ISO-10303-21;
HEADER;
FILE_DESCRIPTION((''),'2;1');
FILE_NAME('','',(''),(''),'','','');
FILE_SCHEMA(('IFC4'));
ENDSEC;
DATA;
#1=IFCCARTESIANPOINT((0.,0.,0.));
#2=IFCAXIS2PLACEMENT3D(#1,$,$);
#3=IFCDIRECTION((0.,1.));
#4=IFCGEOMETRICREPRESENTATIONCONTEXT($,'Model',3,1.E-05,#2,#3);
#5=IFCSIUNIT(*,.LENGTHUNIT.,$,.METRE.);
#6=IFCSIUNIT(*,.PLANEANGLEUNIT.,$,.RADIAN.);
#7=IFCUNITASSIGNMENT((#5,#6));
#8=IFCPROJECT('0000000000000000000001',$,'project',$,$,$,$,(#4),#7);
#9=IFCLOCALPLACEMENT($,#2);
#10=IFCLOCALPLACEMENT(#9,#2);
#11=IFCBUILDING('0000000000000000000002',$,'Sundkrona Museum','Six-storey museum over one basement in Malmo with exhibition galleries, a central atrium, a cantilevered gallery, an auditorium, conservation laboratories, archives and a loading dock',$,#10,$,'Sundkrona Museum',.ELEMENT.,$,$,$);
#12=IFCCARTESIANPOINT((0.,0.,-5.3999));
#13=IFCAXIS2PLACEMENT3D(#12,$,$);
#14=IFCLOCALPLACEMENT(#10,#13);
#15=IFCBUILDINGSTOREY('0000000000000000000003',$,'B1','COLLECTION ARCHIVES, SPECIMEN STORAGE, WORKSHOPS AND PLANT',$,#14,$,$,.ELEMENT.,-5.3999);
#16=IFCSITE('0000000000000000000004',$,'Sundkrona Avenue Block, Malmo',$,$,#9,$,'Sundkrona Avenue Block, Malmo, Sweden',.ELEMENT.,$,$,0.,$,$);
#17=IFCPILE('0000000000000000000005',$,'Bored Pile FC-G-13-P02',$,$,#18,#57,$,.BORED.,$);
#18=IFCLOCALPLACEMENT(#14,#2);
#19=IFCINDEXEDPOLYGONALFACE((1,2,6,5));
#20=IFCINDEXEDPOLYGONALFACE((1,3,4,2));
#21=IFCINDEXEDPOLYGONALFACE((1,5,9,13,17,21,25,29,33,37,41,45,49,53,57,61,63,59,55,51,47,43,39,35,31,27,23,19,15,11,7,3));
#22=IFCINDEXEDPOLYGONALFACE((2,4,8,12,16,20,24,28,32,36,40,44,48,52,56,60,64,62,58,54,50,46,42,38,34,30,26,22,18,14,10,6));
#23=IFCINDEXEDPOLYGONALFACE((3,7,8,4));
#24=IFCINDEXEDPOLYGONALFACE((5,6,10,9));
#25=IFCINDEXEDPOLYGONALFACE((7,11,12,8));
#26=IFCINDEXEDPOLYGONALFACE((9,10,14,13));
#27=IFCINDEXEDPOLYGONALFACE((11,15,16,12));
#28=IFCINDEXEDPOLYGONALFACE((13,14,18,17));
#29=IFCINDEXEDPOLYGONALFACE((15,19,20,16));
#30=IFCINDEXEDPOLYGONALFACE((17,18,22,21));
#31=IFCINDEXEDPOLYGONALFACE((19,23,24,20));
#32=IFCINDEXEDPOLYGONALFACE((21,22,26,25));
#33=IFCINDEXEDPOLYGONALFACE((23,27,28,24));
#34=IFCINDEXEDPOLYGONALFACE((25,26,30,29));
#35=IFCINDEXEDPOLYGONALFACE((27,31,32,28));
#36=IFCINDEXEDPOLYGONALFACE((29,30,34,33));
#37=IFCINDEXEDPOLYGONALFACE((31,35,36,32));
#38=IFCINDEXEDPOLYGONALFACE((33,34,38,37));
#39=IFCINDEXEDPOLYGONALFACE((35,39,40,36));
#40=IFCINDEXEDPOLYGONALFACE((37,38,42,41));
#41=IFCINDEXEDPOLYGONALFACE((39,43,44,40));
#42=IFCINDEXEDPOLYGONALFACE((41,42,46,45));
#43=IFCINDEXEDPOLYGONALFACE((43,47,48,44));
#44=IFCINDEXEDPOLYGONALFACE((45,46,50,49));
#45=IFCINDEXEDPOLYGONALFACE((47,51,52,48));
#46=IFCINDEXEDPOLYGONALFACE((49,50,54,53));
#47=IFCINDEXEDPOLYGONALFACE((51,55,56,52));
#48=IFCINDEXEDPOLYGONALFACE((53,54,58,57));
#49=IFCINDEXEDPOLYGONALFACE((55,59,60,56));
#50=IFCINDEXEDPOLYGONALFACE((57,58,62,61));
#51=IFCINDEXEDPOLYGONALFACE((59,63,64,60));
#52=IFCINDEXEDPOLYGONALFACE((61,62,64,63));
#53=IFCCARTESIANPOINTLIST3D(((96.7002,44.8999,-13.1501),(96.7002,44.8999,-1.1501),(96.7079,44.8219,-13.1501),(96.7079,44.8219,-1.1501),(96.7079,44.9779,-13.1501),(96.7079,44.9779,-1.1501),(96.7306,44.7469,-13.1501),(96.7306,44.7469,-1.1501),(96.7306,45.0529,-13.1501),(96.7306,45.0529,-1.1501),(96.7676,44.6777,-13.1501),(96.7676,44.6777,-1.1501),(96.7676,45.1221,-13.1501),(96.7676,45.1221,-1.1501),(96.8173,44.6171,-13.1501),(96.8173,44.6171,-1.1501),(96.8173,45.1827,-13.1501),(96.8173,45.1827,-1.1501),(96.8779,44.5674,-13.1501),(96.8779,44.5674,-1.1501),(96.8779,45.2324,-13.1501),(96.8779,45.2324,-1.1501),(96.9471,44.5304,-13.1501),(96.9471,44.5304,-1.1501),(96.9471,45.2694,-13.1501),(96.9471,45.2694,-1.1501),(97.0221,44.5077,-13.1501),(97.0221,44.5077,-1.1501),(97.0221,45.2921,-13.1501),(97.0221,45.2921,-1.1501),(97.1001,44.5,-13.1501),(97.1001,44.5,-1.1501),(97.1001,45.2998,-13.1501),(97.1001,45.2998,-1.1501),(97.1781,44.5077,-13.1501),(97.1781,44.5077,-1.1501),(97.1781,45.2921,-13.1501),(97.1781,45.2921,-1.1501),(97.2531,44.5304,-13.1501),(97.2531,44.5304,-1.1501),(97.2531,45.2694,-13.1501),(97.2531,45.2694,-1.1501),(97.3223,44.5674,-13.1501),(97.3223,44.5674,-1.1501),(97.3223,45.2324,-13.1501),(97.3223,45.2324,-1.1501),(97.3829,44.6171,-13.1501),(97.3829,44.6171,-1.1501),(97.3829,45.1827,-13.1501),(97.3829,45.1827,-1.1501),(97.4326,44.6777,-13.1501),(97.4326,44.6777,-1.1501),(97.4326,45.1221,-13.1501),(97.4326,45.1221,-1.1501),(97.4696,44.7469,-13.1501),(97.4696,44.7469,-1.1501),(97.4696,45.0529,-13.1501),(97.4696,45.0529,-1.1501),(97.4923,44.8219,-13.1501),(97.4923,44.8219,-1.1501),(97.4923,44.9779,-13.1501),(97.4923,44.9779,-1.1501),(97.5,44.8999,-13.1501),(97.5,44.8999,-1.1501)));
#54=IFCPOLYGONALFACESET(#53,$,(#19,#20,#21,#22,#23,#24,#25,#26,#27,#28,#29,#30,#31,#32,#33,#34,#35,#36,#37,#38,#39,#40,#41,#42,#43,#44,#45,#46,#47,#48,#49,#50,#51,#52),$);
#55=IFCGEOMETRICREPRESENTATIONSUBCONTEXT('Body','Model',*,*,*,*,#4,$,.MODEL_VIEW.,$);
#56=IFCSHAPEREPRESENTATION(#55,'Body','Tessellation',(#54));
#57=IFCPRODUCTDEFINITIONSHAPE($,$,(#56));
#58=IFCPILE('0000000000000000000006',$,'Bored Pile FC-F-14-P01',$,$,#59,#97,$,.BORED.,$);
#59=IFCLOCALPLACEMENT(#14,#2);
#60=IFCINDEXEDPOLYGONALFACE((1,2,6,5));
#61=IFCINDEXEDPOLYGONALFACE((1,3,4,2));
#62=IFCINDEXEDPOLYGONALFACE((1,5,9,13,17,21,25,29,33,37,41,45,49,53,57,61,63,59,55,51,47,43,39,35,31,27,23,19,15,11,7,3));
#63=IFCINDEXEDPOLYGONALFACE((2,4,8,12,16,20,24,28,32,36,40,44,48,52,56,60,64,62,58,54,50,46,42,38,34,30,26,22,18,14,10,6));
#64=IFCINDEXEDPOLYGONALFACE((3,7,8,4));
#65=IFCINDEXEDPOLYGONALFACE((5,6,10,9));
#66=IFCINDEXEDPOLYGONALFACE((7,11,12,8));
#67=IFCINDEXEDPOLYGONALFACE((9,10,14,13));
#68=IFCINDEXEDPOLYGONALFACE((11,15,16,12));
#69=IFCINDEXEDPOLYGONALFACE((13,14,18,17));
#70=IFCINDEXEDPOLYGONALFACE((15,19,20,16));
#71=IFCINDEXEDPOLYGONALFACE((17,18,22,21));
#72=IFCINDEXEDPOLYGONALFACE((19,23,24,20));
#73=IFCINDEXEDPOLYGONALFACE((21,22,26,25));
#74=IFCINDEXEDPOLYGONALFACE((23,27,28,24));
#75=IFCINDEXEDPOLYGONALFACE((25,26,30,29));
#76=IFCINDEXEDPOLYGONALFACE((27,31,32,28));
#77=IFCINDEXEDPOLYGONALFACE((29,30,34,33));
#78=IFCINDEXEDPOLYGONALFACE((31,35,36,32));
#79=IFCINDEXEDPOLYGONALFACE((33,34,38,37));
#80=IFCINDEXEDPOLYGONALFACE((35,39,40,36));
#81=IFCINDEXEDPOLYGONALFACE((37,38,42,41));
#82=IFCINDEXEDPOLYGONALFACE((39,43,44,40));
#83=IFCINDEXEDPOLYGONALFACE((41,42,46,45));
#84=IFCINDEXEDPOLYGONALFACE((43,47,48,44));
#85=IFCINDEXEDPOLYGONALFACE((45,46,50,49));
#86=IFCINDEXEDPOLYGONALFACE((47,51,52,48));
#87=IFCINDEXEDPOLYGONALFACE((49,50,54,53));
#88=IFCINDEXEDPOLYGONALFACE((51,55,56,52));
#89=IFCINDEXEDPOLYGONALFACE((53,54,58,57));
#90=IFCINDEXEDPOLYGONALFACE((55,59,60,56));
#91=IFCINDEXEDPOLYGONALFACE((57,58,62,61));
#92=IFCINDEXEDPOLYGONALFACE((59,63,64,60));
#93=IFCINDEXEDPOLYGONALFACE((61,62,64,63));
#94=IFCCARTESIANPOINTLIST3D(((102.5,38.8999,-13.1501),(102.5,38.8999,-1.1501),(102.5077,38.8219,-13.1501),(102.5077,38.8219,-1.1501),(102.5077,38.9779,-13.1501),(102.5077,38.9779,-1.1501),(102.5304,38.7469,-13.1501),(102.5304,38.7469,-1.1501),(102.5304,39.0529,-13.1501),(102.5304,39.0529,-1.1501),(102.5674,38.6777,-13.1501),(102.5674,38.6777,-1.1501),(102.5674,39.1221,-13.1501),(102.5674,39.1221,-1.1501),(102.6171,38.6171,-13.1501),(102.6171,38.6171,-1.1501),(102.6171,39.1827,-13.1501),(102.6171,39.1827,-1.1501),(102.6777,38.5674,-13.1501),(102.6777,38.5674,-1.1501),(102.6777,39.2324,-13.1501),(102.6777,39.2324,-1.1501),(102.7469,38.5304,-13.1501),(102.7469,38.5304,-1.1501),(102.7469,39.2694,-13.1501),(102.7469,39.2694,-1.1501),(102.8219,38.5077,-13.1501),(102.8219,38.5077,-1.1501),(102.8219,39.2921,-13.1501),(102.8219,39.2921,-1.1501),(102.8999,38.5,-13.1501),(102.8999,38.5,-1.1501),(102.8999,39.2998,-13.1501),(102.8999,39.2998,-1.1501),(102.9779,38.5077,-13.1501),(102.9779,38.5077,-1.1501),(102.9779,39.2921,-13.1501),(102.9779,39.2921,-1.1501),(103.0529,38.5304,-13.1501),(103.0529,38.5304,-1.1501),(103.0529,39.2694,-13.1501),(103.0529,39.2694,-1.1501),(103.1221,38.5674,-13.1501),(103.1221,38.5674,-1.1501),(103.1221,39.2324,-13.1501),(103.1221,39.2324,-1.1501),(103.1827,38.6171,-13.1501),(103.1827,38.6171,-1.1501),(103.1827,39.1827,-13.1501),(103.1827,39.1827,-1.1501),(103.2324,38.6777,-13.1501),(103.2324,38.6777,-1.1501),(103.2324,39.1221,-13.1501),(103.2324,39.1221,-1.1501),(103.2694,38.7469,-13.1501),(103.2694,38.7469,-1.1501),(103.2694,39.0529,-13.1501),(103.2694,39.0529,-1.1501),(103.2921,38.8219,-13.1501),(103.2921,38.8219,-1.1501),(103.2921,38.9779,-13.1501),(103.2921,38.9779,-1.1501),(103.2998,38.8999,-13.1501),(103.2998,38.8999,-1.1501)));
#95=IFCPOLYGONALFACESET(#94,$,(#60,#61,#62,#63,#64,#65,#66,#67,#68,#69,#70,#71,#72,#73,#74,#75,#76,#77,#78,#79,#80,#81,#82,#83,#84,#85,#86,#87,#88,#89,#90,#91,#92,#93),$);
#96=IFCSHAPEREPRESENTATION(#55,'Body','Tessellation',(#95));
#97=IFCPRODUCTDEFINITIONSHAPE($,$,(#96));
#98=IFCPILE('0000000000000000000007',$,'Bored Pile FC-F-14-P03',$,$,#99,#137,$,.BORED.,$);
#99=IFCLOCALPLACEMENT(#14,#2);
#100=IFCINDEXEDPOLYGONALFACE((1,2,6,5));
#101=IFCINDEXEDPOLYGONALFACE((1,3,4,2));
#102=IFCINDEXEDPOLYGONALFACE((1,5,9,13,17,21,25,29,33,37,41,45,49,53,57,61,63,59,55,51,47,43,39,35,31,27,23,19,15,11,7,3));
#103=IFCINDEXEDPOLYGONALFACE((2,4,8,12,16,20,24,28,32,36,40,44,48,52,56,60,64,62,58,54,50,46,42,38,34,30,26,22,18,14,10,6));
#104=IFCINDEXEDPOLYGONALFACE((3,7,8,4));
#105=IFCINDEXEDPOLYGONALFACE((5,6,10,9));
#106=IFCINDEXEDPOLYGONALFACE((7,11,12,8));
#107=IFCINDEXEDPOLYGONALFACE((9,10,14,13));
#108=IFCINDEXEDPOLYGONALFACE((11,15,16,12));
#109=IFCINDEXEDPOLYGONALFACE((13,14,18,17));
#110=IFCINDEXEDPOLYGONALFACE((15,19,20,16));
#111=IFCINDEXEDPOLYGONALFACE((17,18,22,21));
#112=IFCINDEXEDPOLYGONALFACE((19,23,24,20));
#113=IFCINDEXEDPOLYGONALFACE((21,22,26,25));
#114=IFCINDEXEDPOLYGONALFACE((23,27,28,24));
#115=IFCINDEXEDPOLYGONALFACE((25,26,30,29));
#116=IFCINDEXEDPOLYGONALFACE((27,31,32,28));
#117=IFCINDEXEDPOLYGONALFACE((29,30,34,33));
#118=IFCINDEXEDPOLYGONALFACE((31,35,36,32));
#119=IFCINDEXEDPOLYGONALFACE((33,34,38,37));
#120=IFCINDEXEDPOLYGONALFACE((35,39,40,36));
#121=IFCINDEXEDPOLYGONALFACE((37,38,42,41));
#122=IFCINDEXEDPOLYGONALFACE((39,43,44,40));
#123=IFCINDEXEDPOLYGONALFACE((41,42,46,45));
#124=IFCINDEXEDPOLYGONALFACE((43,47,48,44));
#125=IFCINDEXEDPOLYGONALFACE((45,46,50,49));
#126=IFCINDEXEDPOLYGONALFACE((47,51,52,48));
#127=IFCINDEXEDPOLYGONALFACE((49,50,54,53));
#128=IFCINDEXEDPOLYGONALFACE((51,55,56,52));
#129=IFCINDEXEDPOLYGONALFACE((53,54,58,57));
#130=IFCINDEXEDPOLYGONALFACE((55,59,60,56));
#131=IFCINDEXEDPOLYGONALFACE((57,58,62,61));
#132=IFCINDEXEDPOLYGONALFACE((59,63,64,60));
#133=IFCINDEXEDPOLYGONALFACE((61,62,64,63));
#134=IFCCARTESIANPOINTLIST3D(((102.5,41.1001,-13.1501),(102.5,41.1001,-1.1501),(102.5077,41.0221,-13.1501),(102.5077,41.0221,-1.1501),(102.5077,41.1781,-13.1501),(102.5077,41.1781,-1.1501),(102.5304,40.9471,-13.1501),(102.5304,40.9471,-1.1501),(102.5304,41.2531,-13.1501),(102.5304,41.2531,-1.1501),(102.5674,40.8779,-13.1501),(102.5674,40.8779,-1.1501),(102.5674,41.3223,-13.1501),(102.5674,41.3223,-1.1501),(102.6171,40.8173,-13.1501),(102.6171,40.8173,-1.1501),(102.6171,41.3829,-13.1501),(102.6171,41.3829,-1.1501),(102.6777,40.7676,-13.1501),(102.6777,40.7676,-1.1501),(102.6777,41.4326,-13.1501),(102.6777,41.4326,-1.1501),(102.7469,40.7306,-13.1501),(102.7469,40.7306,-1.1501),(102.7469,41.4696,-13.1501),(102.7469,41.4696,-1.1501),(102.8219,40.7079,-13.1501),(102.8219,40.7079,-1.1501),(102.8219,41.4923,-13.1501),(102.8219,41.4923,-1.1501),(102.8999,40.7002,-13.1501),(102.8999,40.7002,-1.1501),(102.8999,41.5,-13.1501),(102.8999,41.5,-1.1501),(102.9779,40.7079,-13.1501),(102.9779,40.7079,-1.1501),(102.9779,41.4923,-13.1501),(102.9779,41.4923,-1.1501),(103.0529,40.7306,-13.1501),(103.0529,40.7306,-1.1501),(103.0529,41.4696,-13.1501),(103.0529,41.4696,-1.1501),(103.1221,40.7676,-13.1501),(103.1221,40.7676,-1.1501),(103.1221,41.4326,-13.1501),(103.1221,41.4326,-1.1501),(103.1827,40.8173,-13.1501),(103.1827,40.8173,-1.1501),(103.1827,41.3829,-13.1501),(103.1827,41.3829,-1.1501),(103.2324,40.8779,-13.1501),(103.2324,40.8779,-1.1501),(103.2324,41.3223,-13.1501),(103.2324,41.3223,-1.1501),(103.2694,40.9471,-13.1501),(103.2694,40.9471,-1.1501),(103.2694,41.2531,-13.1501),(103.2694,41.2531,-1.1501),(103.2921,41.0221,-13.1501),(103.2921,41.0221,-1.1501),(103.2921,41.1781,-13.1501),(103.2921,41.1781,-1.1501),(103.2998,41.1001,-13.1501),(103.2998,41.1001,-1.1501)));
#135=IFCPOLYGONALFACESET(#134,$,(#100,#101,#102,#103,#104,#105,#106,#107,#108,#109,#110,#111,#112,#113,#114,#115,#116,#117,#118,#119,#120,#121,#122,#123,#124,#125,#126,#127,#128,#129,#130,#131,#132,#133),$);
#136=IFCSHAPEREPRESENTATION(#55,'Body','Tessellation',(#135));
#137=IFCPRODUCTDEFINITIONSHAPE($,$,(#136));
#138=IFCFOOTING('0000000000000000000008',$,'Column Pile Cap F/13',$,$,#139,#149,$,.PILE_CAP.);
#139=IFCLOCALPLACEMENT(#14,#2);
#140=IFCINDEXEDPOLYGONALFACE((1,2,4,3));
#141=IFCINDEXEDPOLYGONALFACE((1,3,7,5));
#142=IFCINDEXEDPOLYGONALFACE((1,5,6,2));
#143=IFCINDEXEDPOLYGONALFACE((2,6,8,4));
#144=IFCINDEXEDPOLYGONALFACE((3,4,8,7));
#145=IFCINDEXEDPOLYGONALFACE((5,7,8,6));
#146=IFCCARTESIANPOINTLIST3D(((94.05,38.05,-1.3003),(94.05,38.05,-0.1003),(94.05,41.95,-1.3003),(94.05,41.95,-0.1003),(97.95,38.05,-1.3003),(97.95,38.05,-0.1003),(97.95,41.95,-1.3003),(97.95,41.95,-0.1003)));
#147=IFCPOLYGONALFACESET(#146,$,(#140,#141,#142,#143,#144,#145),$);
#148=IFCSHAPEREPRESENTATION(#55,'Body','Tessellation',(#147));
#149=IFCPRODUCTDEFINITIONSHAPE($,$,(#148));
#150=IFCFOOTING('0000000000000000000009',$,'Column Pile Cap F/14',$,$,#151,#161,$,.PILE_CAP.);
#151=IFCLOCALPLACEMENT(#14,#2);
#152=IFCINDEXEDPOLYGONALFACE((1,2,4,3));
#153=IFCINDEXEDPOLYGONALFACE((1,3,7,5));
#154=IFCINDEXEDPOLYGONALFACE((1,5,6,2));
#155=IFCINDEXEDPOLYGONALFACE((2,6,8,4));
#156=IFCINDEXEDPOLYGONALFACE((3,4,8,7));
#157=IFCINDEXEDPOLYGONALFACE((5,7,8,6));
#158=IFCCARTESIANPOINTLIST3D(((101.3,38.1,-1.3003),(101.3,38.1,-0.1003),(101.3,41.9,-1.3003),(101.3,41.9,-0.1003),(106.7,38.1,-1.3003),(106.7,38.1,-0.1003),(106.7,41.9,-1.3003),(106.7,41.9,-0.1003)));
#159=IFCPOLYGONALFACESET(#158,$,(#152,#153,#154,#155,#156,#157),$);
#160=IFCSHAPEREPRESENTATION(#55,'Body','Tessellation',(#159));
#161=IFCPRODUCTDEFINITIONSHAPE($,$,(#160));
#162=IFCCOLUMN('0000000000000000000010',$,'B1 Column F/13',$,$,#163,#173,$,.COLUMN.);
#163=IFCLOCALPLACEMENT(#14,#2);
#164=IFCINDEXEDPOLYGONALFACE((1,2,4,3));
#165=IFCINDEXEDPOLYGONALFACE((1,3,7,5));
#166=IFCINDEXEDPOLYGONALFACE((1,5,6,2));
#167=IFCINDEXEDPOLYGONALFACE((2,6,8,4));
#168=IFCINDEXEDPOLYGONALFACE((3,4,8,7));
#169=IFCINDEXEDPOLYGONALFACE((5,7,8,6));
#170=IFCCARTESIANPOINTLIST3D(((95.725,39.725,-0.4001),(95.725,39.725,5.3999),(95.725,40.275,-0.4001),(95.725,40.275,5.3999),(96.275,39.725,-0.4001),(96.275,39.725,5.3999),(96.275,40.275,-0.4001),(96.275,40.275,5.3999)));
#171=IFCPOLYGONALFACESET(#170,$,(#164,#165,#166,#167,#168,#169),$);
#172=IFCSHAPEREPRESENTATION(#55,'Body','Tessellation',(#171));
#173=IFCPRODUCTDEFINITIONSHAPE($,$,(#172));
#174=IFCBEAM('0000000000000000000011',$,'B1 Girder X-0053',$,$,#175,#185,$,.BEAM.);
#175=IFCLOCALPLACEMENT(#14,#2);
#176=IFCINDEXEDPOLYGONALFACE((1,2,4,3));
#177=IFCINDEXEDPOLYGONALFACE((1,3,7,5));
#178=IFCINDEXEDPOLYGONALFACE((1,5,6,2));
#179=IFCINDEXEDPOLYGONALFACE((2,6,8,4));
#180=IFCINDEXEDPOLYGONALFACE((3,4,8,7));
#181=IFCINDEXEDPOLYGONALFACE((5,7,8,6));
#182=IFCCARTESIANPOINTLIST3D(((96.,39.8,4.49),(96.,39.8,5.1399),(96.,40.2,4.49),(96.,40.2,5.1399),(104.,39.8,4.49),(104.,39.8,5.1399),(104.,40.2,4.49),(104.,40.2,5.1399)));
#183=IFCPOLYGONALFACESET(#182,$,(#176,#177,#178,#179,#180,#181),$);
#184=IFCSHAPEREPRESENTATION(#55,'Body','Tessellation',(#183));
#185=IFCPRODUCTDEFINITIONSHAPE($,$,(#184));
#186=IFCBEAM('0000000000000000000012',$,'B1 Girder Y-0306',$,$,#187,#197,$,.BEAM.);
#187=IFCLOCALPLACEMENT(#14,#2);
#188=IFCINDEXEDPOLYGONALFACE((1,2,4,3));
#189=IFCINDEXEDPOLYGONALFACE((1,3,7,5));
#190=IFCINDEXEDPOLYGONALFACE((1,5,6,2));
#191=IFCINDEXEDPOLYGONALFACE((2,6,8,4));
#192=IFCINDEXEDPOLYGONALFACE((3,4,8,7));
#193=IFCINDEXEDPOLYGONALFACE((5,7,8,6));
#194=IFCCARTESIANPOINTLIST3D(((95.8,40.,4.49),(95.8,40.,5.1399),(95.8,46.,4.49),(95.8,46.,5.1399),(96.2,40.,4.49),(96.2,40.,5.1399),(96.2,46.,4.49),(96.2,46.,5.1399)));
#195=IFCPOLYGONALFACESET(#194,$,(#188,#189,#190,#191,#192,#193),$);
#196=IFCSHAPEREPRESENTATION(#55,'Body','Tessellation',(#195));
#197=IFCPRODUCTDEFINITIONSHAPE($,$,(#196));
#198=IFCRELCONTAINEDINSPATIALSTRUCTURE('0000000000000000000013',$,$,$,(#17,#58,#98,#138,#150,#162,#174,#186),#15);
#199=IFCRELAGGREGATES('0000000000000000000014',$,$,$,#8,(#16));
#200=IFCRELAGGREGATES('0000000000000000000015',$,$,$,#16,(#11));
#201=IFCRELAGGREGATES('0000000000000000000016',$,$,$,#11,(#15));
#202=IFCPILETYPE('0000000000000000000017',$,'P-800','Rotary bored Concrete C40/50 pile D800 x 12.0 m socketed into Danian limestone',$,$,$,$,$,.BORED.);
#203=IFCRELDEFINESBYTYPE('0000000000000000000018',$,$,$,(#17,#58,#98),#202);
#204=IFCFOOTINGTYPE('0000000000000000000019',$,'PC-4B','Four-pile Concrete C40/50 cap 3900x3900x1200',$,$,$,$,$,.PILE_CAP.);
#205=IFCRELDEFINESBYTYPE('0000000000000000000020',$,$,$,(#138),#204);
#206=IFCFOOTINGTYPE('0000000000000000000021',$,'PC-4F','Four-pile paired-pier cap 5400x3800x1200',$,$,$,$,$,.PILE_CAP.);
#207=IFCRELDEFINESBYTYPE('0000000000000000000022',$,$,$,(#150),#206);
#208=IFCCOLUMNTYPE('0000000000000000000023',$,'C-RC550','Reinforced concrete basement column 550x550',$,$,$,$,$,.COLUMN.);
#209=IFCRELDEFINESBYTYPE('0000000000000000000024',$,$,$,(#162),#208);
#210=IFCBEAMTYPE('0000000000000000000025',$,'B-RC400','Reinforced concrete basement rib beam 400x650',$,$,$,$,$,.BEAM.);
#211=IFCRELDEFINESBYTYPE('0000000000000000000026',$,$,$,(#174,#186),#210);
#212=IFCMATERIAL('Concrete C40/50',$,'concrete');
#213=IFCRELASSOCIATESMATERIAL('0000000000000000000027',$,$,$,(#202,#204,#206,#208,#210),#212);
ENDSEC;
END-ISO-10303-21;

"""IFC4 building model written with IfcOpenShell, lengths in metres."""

from ifc_helpers import new_model, si_unit, direction, frame, origin, origin_2d, place, context, subcontext, project, spatial, rectangle, circle, extrude, material, material_profile, profile_set, type_object, element, save


model = new_model("IFC4")

# Units and contexts
model_context = context("Model", 3, precision=1e-05, world=origin(), true_north=direction((0.0, 1.0)))
body_context = subcontext(model_context, "Body", "Model", "MODEL_VIEW")
ifc_project = project(units=[si_unit("LENGTHUNIT", "METRE"), si_unit("PLANEANGLEUNIT", "RADIAN")], contexts=[model_context])

# Site, building, storey
site_placement = place(None, origin())
site = spatial("IfcSite", under=ifc_project, at=site_placement, Name="Sundkrona Avenue Block, Malmo", LongName="Sundkrona Avenue Block, Malmo, Sweden", CompositionType="ELEMENT", RefElevation=0.0)
building_placement = place(site_placement, origin())
building = spatial("IfcBuilding", under=site, at=building_placement, Name="Sundkrona Museum", Description="Six-storey museum over one basement in Malmo with exhibition galleries, a central atrium, a cantilevered gallery, an auditorium, conservation laboratories, archives and a loading dock", LongName="Sundkrona Museum", CompositionType="ELEMENT")
storey_placement = place(building_placement, frame((0.0, 0.0, -5.3999)))
storey = spatial("IfcBuildingStorey", under=building, at=storey_placement, Name="B1", Description="COLLECTION ARCHIVES, SPECIMEN STORAGE, WORKSHOPS AND PLANT", CompositionType="ELEMENT", Elevation=-5.3999)

# Shared definitions
ifc_material_1 = material(Name="Concrete C40/50", Category="concrete")

# Piles
ifc_material_profile_1 = material_profile(ifc_material_1, circle(Radius=0.3999, at=origin_2d()), Name="PILE D800")
ifc_profile_set_1 = profile_set([ifc_material_profile_1], Name="Concrete C40/50")
pile_type = type_object("IfcPileType", Name="P-800", Description="Rotary bored Concrete C40/50 pile D800 x 12.0 m socketed into Danian limestone", PredefinedType="BORED", material=ifc_profile_set_1)
for number, where, z_axis, x_axis, name in (
    (1, (97.1001, 44.8999, -1.1501), (0.0, 0.0, -1.0), (1.0, 0.0, 0.0), "Bored Pile FC-G-13-P02"),
    (2, (102.8999, 38.8999, -1.1501), (0.0, 0.0, -1.0), (1.0, 0.0, 0.0), "Bored Pile FC-F-14-P01"),
    (3, (102.8999, 41.1001, -1.1501), (0.0, 0.0, -1.0), (1.0, 0.0, 0.0), "Bored Pile FC-F-14-P03"),
):
    element("IfcPile", number, at=place(storey_placement, frame(where, z_axis=z_axis, x_axis=x_axis)), inside=storey, type_object=pile_type, Name=name, PredefinedType="BORED", context=body_context, shape_type="SweptSolid", body=[
        extrude(circle(Radius=0.3999, at=origin_2d()), origin(), (0.0, 0.0, 1.0), 12.0),
    ])

# Footings
footing_type_1 = type_object("IfcFootingType", Name="PC-4B", Description="Four-pile Concrete C40/50 cap 3900x3900x1200", PredefinedType="PILE_CAP", material=ifc_material_1)
footing_1_placement = place(storey_placement, frame((96.0, 40.0, -1.3003), z_axis=(0.0, 0.0, 1.0), x_axis=(1.0, 0.0, 0.0)))
element("IfcFooting", 4, at=footing_1_placement, inside=storey, type_object=footing_type_1, Name="Column Pile Cap F/13", PredefinedType="PILE_CAP", context=body_context, shape_type="SweptSolid", body=[
    extrude(rectangle(XDim=3.8999, YDim=3.8999, at=origin_2d()), origin(), (0.0, 0.0, 1.0), 1.2),
])
footing_type_2 = type_object("IfcFootingType", Name="PC-4F", Description="Four-pile paired-pier cap 5400x3800x1200", PredefinedType="PILE_CAP", material=ifc_material_1)
footing_2_placement = place(storey_placement, frame((104.0, 40.0, -1.3003), z_axis=(0.0, 0.0, 1.0), x_axis=(1.0, 0.0, 0.0)))
element("IfcFooting", 5, at=footing_2_placement, inside=storey, type_object=footing_type_2, Name="Column Pile Cap F/14", PredefinedType="PILE_CAP", context=body_context, shape_type="SweptSolid", body=[
    extrude(rectangle(XDim=5.3999, YDim=3.8, at=origin_2d()), origin(), (0.0, 0.0, 1.0), 1.2),
])

# Column
ifc_material_profile_2 = material_profile(ifc_material_1, rectangle(XDim=0.55, YDim=0.55, at=origin_2d()), Name="RC 550x550")
ifc_profile_set_2 = profile_set([ifc_material_profile_2], Name="Concrete C40/50")
column_type = type_object("IfcColumnType", Name="C-RC550", Description="Reinforced concrete basement column 550x550", PredefinedType="COLUMN", material=ifc_profile_set_2)
column_placement = place(storey_placement, frame((96.0, 40.0, -0.4001), z_axis=(0.0, 0.0, 1.0), x_axis=(1.0, 0.0, 0.0)))
element("IfcColumn", 6, at=column_placement, inside=storey, type_object=column_type, Name="B1 Column F/13", PredefinedType="COLUMN", context=body_context, shape_type="SweptSolid", body=[
    extrude(rectangle(XDim=0.55, YDim=0.55, at=origin_2d()), origin(), (0.0, 0.0, 1.0), 5.8),
])

# Beams
ifc_material_profile_3 = material_profile(ifc_material_1, rectangle(XDim=0.3999, YDim=0.6499, at=origin_2d()), Name="RCB 400x650")
ifc_profile_set_3 = profile_set([ifc_material_profile_3], Name="Concrete C40/50")
beam_type_1 = type_object("IfcBeamType", Name="B-RC400", Description="Reinforced concrete basement rib beam 400x650", PredefinedType="BEAM", material=ifc_profile_set_3)
beam_1_placement = place(storey_placement, frame((96.0, 40.0, 4.8149), z_axis=(1.0, 0.0, 0.0), x_axis=(0.0, 1.0, 0.0)))
element("IfcBeam", 7, at=beam_1_placement, inside=storey, type_object=beam_type_1, Name="B1 Girder X-0053", PredefinedType="BEAM", context=body_context, shape_type="SweptSolid", body=[
    extrude(rectangle(XDim=0.3999, YDim=0.6499, at=origin_2d()), origin(), (0.0, 0.0, 1.0), 8.0),
])
beam_2_placement = place(storey_placement, frame((96.0, 40.0, 4.8149), z_axis=(0.0, 1.0, 0.0), x_axis=(-1.0, 0.0, 0.0)))
element("IfcBeam", 8, at=beam_2_placement, inside=storey, type_object=beam_type_1, Name="B1 Girder Y-0306", PredefinedType="BEAM", context=body_context, shape_type="SweptSolid", body=[
    extrude(rectangle(XDim=0.3999, YDim=0.6499, at=origin_2d()), origin(), (0.0, 0.0, 1.0), 6.0),
])

save(model, "model.ifc")
